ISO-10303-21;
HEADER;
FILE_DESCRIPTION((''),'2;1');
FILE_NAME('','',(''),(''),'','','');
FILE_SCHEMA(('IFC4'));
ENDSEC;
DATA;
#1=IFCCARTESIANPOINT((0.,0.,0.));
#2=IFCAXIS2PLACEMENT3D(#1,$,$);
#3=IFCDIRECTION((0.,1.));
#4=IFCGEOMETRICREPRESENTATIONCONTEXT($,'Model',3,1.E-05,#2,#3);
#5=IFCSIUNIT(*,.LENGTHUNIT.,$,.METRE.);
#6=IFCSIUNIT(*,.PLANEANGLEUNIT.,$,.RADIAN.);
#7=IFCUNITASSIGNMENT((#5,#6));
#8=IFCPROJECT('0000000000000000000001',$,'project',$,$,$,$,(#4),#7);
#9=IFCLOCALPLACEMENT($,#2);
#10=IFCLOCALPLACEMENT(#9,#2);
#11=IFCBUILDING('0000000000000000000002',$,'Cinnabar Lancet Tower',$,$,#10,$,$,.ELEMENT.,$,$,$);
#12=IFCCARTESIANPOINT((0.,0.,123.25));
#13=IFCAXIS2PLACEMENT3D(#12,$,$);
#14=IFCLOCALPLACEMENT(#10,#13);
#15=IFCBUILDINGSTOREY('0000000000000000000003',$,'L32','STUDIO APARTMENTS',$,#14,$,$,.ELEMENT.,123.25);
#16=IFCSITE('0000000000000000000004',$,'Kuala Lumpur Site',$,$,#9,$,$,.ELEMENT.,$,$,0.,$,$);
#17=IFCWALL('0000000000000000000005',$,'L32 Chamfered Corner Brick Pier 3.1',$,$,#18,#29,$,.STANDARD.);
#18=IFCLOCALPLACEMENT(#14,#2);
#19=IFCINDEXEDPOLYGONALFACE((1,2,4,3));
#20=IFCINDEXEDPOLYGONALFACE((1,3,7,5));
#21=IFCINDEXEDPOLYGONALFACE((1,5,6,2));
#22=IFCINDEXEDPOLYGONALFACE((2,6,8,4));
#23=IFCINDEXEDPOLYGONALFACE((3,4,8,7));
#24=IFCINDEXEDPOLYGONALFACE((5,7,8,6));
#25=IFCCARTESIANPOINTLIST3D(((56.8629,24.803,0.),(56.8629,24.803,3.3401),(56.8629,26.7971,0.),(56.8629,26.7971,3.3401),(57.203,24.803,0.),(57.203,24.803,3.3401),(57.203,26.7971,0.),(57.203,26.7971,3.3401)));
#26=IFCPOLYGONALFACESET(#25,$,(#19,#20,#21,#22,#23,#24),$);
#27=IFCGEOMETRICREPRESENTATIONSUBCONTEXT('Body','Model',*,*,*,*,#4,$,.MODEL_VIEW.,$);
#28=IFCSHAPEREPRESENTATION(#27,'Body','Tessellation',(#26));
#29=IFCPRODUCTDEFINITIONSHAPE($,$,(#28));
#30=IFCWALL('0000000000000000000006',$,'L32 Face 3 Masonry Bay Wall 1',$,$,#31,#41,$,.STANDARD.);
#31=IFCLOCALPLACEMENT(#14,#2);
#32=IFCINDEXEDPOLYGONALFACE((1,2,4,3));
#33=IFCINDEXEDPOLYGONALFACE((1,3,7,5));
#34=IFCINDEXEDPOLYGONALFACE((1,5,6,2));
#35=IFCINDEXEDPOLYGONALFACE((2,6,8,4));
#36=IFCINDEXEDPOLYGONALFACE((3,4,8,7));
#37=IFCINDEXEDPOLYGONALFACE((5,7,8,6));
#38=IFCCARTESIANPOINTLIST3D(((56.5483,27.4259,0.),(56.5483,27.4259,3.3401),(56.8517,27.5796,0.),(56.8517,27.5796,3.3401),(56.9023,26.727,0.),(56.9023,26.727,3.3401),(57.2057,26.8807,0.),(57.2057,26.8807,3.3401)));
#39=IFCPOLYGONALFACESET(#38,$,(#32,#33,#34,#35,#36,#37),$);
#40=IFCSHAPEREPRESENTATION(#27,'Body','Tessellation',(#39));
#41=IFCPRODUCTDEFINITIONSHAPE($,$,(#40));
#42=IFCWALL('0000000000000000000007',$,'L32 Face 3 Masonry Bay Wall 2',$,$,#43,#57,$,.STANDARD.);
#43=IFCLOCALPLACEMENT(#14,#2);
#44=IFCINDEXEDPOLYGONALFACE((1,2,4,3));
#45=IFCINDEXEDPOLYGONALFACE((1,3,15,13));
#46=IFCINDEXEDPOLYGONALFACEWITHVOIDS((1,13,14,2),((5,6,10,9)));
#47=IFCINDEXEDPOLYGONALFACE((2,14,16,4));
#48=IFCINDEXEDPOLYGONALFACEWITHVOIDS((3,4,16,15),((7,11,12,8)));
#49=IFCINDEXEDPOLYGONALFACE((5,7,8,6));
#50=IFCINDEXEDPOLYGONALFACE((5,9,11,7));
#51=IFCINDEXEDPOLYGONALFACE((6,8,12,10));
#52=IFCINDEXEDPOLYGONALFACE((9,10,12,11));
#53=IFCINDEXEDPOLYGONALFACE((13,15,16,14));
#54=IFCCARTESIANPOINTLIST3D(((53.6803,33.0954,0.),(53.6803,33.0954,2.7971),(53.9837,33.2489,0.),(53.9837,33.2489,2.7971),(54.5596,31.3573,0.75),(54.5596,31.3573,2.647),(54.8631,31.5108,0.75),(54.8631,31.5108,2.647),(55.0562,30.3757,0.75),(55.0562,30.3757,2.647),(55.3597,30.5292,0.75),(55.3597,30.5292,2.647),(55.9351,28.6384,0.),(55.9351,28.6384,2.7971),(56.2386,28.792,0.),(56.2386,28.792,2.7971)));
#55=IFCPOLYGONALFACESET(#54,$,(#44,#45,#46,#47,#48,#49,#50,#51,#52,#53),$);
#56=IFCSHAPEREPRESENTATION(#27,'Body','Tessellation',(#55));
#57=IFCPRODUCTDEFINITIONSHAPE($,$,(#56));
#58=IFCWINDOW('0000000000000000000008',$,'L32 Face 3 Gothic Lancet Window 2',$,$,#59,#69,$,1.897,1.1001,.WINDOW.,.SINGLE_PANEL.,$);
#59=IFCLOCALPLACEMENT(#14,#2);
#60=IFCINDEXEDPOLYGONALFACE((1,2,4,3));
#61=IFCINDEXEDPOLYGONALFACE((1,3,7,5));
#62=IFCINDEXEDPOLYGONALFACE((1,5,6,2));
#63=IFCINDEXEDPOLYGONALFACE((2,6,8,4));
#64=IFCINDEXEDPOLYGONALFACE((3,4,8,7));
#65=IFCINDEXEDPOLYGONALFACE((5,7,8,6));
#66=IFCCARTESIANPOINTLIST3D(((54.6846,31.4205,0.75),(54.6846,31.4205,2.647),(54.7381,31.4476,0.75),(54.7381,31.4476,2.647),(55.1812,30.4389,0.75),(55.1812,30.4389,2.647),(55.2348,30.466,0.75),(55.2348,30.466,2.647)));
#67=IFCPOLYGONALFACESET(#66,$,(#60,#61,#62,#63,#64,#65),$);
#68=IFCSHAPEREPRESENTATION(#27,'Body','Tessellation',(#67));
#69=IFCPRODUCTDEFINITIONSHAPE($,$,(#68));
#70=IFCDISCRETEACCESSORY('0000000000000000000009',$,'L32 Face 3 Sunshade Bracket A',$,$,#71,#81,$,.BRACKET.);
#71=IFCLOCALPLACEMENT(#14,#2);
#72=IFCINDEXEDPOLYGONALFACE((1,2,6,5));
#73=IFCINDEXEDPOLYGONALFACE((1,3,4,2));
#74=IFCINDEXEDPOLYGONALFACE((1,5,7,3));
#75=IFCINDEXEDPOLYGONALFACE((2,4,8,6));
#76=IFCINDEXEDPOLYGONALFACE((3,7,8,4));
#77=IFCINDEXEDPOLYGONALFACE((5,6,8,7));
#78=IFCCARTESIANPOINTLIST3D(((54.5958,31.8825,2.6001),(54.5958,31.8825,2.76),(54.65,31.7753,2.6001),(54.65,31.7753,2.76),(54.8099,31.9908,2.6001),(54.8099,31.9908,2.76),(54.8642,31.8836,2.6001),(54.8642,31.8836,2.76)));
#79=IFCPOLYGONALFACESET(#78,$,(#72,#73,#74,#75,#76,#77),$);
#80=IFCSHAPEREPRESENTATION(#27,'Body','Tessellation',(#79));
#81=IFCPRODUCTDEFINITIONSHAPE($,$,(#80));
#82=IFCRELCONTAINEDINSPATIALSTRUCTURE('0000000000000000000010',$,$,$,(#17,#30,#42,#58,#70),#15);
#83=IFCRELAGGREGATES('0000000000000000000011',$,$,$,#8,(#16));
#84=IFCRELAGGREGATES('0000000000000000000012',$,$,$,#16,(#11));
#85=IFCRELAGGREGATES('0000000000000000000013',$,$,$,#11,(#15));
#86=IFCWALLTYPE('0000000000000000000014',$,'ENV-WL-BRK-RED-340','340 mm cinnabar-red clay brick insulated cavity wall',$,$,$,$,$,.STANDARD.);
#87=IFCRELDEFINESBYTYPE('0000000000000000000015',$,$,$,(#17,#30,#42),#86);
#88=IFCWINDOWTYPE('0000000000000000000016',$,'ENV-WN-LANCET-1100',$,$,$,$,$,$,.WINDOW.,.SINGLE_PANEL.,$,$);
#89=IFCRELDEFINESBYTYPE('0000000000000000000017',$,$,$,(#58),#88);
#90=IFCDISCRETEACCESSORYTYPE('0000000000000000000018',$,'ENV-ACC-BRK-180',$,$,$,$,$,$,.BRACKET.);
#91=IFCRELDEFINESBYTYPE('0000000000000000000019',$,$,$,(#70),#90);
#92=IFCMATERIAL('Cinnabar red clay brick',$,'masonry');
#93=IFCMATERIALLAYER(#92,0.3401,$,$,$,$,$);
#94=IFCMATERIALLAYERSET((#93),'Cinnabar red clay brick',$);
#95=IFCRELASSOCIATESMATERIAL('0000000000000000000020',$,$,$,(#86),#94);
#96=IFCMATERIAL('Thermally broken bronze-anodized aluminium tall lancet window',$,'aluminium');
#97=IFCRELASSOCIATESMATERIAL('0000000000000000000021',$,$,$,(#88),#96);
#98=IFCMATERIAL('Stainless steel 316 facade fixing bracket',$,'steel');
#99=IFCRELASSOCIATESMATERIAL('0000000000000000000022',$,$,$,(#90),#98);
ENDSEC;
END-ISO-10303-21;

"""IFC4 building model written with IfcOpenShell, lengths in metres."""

from ifc_helpers import new_model, si_unit, direction, frame, frame_2d, origin, origin_2d, place, context, subcontext, project, spatial, rectangle, extrude, material, layer, layer_set, type_object, element, fill, save


model = new_model("IFC4")

# Units and contexts
model_context = context("Model", 3, precision=1e-05, world=origin(), true_north=direction((0.0, 1.0)))
body_context = subcontext(model_context, "Body", "Model", "MODEL_VIEW")
ifc_project = project(units=[si_unit("LENGTHUNIT", "METRE"), si_unit("PLANEANGLEUNIT", "RADIAN")], contexts=[model_context])

# Site, building, storey
site_placement = place(None, origin())
site = spatial("IfcSite", under=ifc_project, at=site_placement, Name="Kuala Lumpur Site", CompositionType="ELEMENT", RefElevation=0.0)
building_placement = place(site_placement, origin())
building = spatial("IfcBuilding", under=site, at=building_placement, Name="Cinnabar Lancet Tower", CompositionType="ELEMENT")
storey_placement = place(building_placement, frame((0.0, 0.0, 123.25)))
storey = spatial("IfcBuildingStorey", under=building, at=storey_placement, Name="L32", Description="STUDIO APARTMENTS", CompositionType="ELEMENT", Elevation=123.25)

# Walls
ifc_material_1 = material(Name="Cinnabar red clay brick", Category="masonry")
ifc_layer_1 = layer(ifc_material_1, 0.3401)
ifc_layer_set_1 = layer_set([ifc_layer_1], Name="Cinnabar red clay brick")
wall_type_1 = type_object("IfcWallType", Name="ENV-WL-BRK-RED-340", Description="340 mm cinnabar-red clay brick insulated cavity wall", PredefinedType="STANDARD", material=ifc_layer_set_1)
wall_1_placement = place(storey_placement, frame((57.033, 24.803, 0.0), z_axis=(0.0, 0.0, 1.0), x_axis=(0.0, 1.0, 0.0)))
element("IfcWall", 1, at=wall_1_placement, inside=storey, type_object=wall_type_1, Name="L32 Chamfered Corner Brick Pier 3.1", PredefinedType="STANDARD", context=body_context, shape_type="SweptSolid", body=[
    extrude(rectangle(XDim=1.9941, YDim=0.3401, at=frame_2d((0.9971, 0.0))), origin(), (0.0, 0.0, 1.0), 3.3401),
])
wall_2_placement = place(storey_placement, frame((57.054, 26.804, 0.0), z_axis=(0.0, 0.0, 1.0), x_axis=(-0.451819, 0.892109, 0.0)))
element("IfcWall", 2, at=wall_2_placement, inside=storey, type_object=wall_type_1, Name="L32 Face 3 Masonry Bay Wall 1", PredefinedType="STANDARD", context=body_context, shape_type="SweptSolid", body=[
    extrude(rectangle(XDim=0.7834, YDim=0.3401, at=frame_2d((0.3916, 0.0))), origin(), (0.0, 0.0, 1.0), 3.3401),
])

# Wall, opening, window
wall_3_placement = place(storey_placement, frame((56.0869, 28.7151, 0.0), z_axis=(0.0, 0.0, 1.0), x_axis=(-0.451432, 0.892306, 0.0)))
wall_3 = element("IfcWall", 3, at=wall_3_placement, inside=storey, type_object=wall_type_1, Name="L32 Face 3 Masonry Bay Wall 2", PredefinedType="STANDARD", context=body_context, shape_type="SweptSolid", body=[
    extrude(rectangle(XDim=4.9949, YDim=0.3401, at=frame_2d((2.4976, 0.0))), origin(), (0.0, 0.0, 1.0), 2.7971),
])
opening_1_placement = place(wall_3_placement, frame((1.947, 0.0, 0.75)))
opening_1 = element("IfcOpeningElement", 4, at=opening_1_placement, cuts=wall_3, PredefinedType="OPENING", context=body_context, shape_type="SweptSolid", body=[
    extrude(rectangle(XDim=1.1001, YDim=1.897, at=frame_2d((0.55, 0.9485))), frame((0.0, 0.1799, 0.0), z_axis=(0.0, -1.0, 0.0), x_axis=(1.0, 0.0, 0.0)), (0.0, 0.0, 1.0), 0.3601),
])
ifc_material_2 = material(Name="Thermally broken bronze-anodized aluminium tall lancet window", Category="aluminium")
window_type = type_object("IfcWindowType", Name="ENV-WN-LANCET-1100", PartitioningType="SINGLE_PANEL", PredefinedType="WINDOW", material=ifc_material_2)
window_placement = place(opening_1_placement, origin())
window = element("IfcWindow", 5, at=window_placement, inside=storey, type_object=window_type, Name="L32 Face 3 Gothic Lancet Window 2", OverallHeight=1.897, OverallWidth=1.1001, PartitioningType="SINGLE_PANEL", PredefinedType="WINDOW", context=body_context, shape_type="SweptSolid", body=[
    extrude(rectangle(XDim=1.1001, YDim=1.897, at=frame_2d((0.55, 0.9485))), frame((0.0, 0.03, 0.0), z_axis=(0.0, -1.0, 0.0), x_axis=(1.0, 0.0, 0.0)), (0.0, 0.0, 1.0), 0.0601),
])
fill(opening_1, window)

# Discrete accessory
ifc_material_3 = material(Name="Stainless steel 316 facade fixing bracket", Category="steel")
discrete_accessory_type = type_object("IfcDiscreteAccessoryType", Name="ENV-ACC-BRK-180", PredefinedType="BRACKET", material=ifc_material_3)
discrete_accessory_placement = place(storey_placement, frame((54.73, 31.8831, 2.6001), z_axis=(0.0, 0.0, 1.0), x_axis=(-0.451454, 0.892294, 0.0)))
element("IfcDiscreteAccessory", 6, at=discrete_accessory_placement, inside=storey, type_object=discrete_accessory_type, Name="L32 Face 3 Sunshade Bracket A", PredefinedType="BRACKET", context=body_context, shape_type="SweptSolid", body=[
    extrude(rectangle(XDim=0.1201, YDim=0.24, at=origin_2d()), origin(), (0.0, 0.0, 1.0), 0.1599),
])

save(model, "model.ifc")
